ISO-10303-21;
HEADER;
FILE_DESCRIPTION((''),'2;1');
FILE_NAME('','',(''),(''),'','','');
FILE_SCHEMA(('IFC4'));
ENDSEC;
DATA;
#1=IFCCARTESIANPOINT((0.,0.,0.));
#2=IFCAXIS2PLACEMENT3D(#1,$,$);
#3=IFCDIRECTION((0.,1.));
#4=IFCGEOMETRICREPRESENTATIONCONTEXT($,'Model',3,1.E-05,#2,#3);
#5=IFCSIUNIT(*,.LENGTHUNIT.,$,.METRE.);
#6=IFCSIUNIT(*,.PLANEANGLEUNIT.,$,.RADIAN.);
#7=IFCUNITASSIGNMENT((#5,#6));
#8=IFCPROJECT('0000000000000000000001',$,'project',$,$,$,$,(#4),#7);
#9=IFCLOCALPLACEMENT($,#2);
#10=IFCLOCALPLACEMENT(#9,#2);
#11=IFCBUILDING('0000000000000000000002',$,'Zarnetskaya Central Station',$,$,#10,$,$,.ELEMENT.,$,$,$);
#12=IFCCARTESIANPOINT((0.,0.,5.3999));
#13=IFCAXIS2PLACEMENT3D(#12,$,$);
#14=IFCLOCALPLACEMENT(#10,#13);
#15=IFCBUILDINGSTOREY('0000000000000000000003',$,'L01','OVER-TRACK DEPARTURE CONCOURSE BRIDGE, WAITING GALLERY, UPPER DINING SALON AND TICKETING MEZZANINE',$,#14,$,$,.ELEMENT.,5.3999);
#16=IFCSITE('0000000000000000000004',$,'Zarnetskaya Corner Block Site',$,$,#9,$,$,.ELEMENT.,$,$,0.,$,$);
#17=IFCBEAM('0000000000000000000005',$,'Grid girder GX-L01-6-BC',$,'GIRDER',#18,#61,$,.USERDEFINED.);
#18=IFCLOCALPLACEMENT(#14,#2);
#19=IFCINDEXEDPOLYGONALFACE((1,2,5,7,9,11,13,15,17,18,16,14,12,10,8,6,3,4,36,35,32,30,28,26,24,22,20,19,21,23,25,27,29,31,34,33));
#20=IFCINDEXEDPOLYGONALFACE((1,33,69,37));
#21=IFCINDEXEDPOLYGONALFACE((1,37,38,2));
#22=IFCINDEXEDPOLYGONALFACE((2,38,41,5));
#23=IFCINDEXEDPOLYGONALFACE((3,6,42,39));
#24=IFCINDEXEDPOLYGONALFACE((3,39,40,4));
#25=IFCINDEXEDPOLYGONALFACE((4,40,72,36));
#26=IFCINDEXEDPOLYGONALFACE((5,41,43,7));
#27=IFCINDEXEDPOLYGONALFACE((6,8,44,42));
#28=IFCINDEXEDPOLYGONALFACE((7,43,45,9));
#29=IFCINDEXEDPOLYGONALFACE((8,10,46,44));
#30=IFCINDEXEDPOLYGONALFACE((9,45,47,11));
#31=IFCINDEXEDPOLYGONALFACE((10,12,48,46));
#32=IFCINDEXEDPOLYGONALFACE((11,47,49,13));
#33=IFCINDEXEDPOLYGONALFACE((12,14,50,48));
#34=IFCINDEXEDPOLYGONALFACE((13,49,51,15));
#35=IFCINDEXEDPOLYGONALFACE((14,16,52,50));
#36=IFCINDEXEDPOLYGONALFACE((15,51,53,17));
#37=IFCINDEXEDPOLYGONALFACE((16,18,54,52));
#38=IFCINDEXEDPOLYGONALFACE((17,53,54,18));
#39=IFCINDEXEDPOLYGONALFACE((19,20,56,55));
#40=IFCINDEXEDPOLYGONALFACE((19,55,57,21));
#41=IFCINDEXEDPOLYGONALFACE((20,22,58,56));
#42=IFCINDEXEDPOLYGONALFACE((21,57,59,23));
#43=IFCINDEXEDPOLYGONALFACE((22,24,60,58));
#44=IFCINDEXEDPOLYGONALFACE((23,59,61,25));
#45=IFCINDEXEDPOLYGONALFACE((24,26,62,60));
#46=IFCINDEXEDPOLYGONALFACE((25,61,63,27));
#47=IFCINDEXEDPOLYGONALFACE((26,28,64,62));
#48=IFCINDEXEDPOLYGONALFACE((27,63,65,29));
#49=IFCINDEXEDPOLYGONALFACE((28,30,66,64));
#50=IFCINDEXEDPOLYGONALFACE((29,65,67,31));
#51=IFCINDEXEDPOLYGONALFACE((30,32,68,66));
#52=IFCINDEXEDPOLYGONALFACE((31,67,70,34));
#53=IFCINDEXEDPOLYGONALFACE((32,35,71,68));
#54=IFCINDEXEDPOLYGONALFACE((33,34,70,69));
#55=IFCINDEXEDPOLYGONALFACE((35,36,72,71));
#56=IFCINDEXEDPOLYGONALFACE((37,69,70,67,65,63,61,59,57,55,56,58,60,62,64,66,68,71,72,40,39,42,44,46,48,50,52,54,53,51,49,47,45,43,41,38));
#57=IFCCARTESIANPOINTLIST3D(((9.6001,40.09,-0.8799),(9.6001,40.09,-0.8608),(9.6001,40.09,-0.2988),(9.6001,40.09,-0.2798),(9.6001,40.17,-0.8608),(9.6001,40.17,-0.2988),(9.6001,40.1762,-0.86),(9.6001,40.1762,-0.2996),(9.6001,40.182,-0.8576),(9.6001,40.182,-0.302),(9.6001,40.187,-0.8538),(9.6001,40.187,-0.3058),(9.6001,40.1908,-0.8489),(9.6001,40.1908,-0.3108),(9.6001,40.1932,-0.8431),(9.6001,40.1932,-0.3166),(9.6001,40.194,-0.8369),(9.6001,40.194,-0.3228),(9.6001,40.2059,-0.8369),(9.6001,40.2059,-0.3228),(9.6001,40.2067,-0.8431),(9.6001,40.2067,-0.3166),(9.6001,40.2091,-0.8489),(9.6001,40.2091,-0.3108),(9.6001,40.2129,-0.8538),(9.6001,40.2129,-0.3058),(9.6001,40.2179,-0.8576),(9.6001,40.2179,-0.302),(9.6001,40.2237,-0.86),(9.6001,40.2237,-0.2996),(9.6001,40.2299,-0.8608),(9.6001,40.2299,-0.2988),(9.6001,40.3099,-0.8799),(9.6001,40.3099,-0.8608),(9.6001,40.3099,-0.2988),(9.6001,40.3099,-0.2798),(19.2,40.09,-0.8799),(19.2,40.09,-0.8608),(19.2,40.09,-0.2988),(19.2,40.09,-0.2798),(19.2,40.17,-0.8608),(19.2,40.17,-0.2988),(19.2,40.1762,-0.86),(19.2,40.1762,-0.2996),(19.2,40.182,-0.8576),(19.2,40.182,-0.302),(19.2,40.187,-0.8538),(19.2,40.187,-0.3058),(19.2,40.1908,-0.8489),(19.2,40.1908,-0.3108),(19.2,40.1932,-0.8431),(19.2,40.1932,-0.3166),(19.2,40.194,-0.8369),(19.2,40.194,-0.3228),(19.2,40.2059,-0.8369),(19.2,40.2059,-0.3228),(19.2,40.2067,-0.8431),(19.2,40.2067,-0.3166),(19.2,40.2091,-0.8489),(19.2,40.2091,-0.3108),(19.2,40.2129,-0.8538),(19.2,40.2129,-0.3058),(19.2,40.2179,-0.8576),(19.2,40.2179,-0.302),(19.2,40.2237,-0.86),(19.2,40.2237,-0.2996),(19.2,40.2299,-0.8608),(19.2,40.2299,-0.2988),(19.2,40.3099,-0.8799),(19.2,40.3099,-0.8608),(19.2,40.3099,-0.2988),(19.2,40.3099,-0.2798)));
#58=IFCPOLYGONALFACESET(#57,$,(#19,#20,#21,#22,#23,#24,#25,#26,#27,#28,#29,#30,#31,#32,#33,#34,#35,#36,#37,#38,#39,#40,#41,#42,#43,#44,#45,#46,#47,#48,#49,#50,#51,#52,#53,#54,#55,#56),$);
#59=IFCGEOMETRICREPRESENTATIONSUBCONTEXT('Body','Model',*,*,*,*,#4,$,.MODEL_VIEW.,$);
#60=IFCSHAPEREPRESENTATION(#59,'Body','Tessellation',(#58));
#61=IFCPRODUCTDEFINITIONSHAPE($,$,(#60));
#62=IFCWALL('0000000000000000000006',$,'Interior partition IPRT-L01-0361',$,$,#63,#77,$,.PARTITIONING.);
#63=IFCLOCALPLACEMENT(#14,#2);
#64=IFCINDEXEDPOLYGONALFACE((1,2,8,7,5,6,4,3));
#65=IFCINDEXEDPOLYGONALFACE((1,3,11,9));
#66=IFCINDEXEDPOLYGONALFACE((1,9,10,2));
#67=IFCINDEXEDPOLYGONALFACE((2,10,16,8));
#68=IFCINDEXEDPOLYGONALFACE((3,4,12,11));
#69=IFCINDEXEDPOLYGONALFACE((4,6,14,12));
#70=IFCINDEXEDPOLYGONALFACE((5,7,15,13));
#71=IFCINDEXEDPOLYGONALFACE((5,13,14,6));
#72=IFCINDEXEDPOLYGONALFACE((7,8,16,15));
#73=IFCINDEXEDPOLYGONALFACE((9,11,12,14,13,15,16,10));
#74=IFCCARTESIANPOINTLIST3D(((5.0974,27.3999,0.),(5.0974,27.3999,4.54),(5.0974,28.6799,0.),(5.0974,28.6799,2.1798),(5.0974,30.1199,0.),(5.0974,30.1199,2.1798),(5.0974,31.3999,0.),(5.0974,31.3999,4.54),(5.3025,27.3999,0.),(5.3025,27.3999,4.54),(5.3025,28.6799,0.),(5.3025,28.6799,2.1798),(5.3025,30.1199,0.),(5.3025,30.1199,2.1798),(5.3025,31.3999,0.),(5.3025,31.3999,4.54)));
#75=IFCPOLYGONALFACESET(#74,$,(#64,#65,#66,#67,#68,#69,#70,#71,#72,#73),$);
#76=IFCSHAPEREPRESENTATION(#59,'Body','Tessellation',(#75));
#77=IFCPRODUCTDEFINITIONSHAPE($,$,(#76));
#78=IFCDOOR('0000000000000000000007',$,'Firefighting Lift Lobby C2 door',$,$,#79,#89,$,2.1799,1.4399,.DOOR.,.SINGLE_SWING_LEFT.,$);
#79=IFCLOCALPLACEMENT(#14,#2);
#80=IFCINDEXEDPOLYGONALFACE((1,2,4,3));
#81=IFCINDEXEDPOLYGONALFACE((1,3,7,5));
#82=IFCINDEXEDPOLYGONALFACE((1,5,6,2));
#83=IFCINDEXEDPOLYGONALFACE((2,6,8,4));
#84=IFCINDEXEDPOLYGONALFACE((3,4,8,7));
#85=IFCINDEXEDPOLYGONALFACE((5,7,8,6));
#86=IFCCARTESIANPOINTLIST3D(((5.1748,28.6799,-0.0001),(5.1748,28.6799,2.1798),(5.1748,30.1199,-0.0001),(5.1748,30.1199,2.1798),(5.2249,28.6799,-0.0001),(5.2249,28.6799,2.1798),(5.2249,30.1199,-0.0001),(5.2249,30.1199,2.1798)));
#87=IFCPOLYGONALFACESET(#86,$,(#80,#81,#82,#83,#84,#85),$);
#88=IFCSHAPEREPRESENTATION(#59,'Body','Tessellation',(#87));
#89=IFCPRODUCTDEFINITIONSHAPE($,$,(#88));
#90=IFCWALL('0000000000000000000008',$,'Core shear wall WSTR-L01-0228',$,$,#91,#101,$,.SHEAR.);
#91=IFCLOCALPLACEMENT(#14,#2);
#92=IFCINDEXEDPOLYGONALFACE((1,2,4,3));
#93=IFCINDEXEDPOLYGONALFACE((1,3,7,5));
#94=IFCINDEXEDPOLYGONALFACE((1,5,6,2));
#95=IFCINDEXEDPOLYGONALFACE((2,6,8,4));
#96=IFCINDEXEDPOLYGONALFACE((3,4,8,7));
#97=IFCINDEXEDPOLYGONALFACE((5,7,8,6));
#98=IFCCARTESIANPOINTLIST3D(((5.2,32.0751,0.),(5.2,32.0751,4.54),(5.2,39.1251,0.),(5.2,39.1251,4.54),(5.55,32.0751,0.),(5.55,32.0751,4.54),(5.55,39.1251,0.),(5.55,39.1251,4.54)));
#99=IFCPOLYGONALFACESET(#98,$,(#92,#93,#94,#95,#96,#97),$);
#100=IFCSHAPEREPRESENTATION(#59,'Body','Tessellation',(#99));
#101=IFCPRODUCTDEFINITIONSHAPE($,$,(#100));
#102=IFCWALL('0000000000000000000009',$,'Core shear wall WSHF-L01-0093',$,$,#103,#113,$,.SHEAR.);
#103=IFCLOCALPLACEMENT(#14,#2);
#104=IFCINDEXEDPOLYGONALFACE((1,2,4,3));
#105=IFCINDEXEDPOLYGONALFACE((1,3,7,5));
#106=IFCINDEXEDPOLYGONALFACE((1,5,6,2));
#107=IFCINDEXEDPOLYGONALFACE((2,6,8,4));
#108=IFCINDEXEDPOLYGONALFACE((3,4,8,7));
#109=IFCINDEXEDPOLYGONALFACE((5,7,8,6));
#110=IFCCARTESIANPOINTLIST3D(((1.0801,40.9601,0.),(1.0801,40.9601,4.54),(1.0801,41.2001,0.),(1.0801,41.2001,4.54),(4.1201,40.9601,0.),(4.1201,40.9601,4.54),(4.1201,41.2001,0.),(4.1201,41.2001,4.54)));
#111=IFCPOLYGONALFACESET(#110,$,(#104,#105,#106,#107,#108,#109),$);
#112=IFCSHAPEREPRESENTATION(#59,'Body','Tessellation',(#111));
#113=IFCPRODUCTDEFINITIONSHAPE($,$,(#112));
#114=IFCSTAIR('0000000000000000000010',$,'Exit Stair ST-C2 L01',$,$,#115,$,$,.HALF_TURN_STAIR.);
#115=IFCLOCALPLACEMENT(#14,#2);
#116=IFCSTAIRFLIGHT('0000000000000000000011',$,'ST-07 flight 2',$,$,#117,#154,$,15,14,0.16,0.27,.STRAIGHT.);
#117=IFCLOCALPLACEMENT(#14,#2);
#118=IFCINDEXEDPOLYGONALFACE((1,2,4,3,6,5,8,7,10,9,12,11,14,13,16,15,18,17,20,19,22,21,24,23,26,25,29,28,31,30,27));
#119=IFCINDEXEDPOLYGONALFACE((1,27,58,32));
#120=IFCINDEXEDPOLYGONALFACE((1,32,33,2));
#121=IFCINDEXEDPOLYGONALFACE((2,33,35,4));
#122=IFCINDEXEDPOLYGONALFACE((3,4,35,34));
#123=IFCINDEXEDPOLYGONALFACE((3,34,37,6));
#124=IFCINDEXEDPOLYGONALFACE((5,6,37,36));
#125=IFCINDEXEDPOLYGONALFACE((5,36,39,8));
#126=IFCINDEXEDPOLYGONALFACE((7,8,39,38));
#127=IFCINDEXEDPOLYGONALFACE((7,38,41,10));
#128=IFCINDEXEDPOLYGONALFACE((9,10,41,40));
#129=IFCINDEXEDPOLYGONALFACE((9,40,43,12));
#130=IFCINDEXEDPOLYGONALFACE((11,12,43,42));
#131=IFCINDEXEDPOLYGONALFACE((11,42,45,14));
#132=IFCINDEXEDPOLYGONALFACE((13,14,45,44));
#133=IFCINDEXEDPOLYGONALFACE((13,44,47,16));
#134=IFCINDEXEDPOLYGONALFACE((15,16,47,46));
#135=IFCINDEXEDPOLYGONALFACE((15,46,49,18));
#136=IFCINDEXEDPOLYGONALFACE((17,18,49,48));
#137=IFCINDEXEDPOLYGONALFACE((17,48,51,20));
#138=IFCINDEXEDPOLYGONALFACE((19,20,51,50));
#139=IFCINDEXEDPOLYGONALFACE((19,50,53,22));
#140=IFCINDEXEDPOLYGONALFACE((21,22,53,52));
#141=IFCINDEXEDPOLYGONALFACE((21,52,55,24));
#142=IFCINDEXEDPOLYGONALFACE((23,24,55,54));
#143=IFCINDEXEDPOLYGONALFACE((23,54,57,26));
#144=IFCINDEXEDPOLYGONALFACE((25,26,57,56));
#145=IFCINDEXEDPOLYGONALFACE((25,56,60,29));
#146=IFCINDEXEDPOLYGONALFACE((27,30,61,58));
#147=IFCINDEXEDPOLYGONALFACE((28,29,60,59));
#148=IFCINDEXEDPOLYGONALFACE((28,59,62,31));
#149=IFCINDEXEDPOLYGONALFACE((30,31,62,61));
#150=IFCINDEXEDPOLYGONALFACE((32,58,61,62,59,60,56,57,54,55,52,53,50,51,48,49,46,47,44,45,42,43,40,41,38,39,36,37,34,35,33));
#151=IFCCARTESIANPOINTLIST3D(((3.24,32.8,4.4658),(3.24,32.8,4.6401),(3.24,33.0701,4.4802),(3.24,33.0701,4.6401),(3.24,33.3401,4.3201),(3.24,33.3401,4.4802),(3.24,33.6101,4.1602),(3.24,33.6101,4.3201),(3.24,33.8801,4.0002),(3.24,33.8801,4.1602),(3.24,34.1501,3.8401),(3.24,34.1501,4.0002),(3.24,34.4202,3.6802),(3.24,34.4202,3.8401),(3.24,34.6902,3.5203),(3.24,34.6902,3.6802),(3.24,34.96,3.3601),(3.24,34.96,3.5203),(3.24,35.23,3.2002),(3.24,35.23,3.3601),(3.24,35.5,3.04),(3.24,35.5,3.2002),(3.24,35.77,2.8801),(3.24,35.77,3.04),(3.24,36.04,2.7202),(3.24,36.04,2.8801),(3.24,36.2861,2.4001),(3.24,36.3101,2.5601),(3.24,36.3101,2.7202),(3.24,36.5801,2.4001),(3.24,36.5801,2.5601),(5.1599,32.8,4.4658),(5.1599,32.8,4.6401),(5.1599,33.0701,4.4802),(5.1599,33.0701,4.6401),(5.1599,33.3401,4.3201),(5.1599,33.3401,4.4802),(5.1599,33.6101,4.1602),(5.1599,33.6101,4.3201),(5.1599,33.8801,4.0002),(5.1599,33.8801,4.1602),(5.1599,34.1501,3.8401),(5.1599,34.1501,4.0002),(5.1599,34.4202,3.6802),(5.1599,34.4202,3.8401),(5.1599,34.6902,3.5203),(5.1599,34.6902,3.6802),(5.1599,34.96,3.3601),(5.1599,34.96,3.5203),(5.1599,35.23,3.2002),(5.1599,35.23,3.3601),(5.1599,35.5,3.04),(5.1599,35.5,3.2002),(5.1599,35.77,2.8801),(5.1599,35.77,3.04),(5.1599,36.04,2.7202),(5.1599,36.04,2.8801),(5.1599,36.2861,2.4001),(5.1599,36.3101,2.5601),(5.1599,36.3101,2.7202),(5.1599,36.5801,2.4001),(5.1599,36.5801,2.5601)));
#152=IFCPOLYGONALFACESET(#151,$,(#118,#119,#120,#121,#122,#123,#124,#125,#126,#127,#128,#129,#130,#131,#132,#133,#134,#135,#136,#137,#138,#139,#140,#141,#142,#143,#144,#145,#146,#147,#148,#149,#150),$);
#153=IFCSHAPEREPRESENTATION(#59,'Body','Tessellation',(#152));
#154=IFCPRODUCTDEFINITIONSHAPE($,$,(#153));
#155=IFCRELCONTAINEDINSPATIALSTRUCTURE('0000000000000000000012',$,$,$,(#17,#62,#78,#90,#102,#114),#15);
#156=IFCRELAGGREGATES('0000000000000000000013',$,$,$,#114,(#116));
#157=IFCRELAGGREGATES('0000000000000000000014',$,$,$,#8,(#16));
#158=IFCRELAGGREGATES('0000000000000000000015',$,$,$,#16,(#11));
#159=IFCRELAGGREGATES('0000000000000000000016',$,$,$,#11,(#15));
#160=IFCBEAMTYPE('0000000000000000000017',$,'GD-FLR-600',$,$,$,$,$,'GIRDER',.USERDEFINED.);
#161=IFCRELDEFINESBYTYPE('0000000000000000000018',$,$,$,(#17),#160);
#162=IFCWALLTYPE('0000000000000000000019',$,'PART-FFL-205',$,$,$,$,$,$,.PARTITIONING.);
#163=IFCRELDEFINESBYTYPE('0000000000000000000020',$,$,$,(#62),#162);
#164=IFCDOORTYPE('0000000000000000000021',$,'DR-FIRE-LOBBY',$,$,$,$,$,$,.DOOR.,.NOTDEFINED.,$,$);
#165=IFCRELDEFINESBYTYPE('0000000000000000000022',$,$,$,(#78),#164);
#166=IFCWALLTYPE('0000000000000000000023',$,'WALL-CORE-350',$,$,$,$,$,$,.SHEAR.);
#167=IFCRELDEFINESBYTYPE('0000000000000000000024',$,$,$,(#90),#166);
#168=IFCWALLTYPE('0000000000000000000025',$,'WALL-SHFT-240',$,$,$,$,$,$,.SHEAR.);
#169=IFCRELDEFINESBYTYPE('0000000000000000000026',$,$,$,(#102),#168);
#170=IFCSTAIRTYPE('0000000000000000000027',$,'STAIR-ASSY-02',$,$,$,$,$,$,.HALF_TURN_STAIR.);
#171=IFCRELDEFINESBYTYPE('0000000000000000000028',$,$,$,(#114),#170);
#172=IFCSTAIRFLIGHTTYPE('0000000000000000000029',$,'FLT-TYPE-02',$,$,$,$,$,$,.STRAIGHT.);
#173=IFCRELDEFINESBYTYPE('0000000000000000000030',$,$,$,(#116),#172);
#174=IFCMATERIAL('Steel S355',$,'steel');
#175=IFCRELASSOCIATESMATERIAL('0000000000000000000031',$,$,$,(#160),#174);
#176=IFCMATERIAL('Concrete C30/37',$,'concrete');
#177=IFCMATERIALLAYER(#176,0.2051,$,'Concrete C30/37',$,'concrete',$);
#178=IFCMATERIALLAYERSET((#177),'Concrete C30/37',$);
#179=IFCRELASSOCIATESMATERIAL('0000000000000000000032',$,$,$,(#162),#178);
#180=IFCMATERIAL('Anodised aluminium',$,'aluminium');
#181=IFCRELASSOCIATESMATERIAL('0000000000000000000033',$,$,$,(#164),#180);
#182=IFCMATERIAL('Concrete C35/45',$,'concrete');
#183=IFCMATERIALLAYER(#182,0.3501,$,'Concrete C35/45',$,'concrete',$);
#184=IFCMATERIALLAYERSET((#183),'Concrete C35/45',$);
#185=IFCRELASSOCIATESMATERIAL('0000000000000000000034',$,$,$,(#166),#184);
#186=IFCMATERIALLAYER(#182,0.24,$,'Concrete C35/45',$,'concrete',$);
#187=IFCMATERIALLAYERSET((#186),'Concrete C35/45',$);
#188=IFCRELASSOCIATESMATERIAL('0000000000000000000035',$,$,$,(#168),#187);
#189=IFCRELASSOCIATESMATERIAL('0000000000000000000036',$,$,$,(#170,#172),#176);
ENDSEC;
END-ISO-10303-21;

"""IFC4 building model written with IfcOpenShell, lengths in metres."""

from ifc_helpers import new_model, si_unit, direction, frame, frame_2d, origin, origin_2d, place, context, subcontext, project, spatial, polyline, rectangle, i_section, outline, extrude, material, layer, layer_set, material_profile, profile_set, type_object, element, fill, aggregate, save


model = new_model("IFC4")

# Units and contexts
model_context = context("Model", 3, precision=1e-05, world=origin(), true_north=direction((0.0, 1.0)))
body_context = subcontext(model_context, "Body", "Model", "MODEL_VIEW")
ifc_project = project(units=[si_unit("LENGTHUNIT", "METRE"), si_unit("PLANEANGLEUNIT", "RADIAN")], contexts=[model_context])

# Site, building, storey
site_placement = place(None, origin())
site = spatial("IfcSite", under=ifc_project, at=site_placement, Name="Zarnetskaya Corner Block Site", CompositionType="ELEMENT", RefElevation=0.0)
building_placement = place(site_placement, origin())
building = spatial("IfcBuilding", under=site, at=building_placement, Name="Zarnetskaya Central Station", CompositionType="ELEMENT")
storey_placement = place(building_placement, frame((0.0, 0.0, 5.3999)))
storey = spatial("IfcBuildingStorey", under=building, at=storey_placement, Name="L01", Description="OVER-TRACK DEPARTURE CONCOURSE BRIDGE, WAITING GALLERY, UPPER DINING SALON AND TICKETING MEZZANINE", CompositionType="ELEMENT", Elevation=5.3999)

# Shared definitions
ifc_material_1 = material(Name="Steel S355", Category="steel")

# Beam
ifc_material_profile_1 = material_profile(ifc_material_1, i_section(OverallWidth=0.22, OverallDepth=0.6001, WebThickness=0.012, FlangeThickness=0.019, FilletRadius=0.0239, at=origin_2d()), Name="IPE 600")
ifc_profile_set_1 = profile_set([ifc_material_profile_1], Name="Steel S355")
beam_type_1 = type_object("IfcBeamType", Name="GD-FLR-600", ElementType="GIRDER", PredefinedType="USERDEFINED", material=ifc_profile_set_1)
for number, where, z_axis, x_axis, name in (
    (1, (9.6001, 40.2, -0.5798), (1.0, 0.0, 0.0), (0.0, 1.0, 0.0), "Grid girder GX-L01-6-BC"),
):
    element("IfcBeam", number, at=place(storey_placement, frame(where, z_axis=z_axis, x_axis=x_axis)), inside=storey, type_object=beam_type_1, Name=name, ObjectType="GIRDER", PredefinedType="USERDEFINED", context=body_context, shape_type="SweptSolid", body=[
        extrude(i_section(OverallWidth=0.22, OverallDepth=0.6001, WebThickness=0.012, FlangeThickness=0.019, FilletRadius=0.0239, at=origin_2d()), origin(), (0.0, 0.0, 1.0), 9.5999),
    ])

# Wall, opening, door
ifc_material_2 = material(Name="Concrete C30/37", Category="concrete")
ifc_layer_1 = layer(ifc_material_2, 0.2051, Name="Concrete C30/37", Category="concrete")
ifc_layer_set_1 = layer_set([ifc_layer_1], Name="Concrete C30/37")
wall_type_1 = type_object("IfcWallType", Name="PART-FFL-205", PredefinedType="PARTITIONING", material=ifc_layer_set_1)
wall_1_placement = place(storey_placement, frame((5.2, 31.3999, 0.0), z_axis=(0.0, 0.0, 1.0), x_axis=(0.0, -1.0, 0.0)))
wall_1 = element("IfcWall", 2, at=wall_1_placement, inside=storey, type_object=wall_type_1, Name="Interior partition IPRT-L01-0361", PredefinedType="PARTITIONING", context=body_context, shape_type="SweptSolid", body=[
    extrude(rectangle(XDim=4.0, YDim=0.2051, at=frame_2d((2.0, 0.0))), origin(), (0.0, 0.0, 1.0), 4.54),
])
opening_1_placement = place(wall_1_placement, frame((1.28, 0.0, 0.0)))
opening_1 = element("IfcOpeningElement", 3, at=opening_1_placement, cuts=wall_1, PredefinedType="OPENING", context=body_context, shape_type="SweptSolid", body=[
    extrude(rectangle(XDim=1.4399, YDim=2.1799, at=frame_2d((0.72, 1.0898))), frame((0.0, 0.1125, 0.0), z_axis=(0.0, -1.0, 0.0), x_axis=(1.0, 0.0, 0.0)), (0.0, 0.0, 1.0), 0.2251),
])
ifc_material_3 = material(Name="Anodised aluminium", Category="aluminium")
door_type_1 = type_object("IfcDoorType", Name="DR-FIRE-LOBBY", OperationType="NOTDEFINED", PredefinedType="DOOR", material=ifc_material_3)
door_1_placement = place(opening_1_placement, origin())
door_1 = element("IfcDoor", 4, at=door_1_placement, inside=storey, type_object=door_type_1, Name="Firefighting Lift Lobby C2 door", OperationType="SINGLE_SWING_LEFT", OverallHeight=2.1799, OverallWidth=1.4399, PredefinedType="DOOR", context=body_context, shape_type="SweptSolid", body=[
    extrude(rectangle(XDim=1.4399, YDim=2.1799, at=frame_2d((0.72, 1.0898))), frame((0.0, 0.0249, 0.0), z_axis=(0.0, -1.0, 0.0), x_axis=(1.0, 0.0, 0.0)), (0.0, 0.0, 1.0), 0.05),
])
fill(opening_1, door_1)
ifc_material_4 = material(Name="Concrete C35/45", Category="concrete")
ifc_layer_2 = layer(ifc_material_4, 0.3501, Name="Concrete C35/45", Category="concrete")
ifc_layer_set_2 = layer_set([ifc_layer_2], Name="Concrete C35/45")
wall_type_2 = type_object("IfcWallType", Name="WALL-CORE-350", PredefinedType="SHEAR", material=ifc_layer_set_2)

# Walls
wall_2_placement = place(storey_placement, frame((5.375, 39.125, 0.0), z_axis=(0.0, 0.0, 1.0), x_axis=(0.0, -1.0, 0.0)))
element("IfcWall", 5, at=wall_2_placement, inside=storey, type_object=wall_type_2, Name="Core shear wall WSTR-L01-0228", PredefinedType="SHEAR", context=body_context, shape_type="SweptSolid", body=[
    extrude(rectangle(XDim=7.05, YDim=0.3501, at=frame_2d((3.5249, 0.0))), origin(), (0.0, 0.0, 1.0), 4.54),
])
ifc_layer_3 = layer(ifc_material_4, 0.24, Name="Concrete C35/45", Category="concrete")
ifc_layer_set_3 = layer_set([ifc_layer_3], Name="Concrete C35/45")
wall_type_3 = type_object("IfcWallType", Name="WALL-SHFT-240", PredefinedType="SHEAR", material=ifc_layer_set_3)
wall_3_placement = place(storey_placement, frame((4.1201, 41.0801, 0.0), z_axis=(0.0, 0.0, 1.0), x_axis=(-1.0, 0.0, 0.0)))
element("IfcWall", 6, at=wall_3_placement, inside=storey, type_object=wall_type_3, Name="Core shear wall WSHF-L01-0093", PredefinedType="SHEAR", context=body_context, shape_type="SweptSolid", body=[
    extrude(rectangle(XDim=3.04, YDim=0.24, at=frame_2d((1.52, 0.0))), origin(), (0.0, 0.0, 1.0), 4.54),
])

# Stair, stair flight
stair_type = type_object("IfcStairType", Name="STAIR-ASSY-02", PredefinedType="HALF_TURN_STAIR", material=ifc_material_2)
stair_placement = place(storey_placement, origin())
stair = element("IfcStair", 7, at=stair_placement, inside=storey, type_object=stair_type, Name="Exit Stair ST-C2 L01", PredefinedType="HALF_TURN_STAIR")
stair_flight_type = type_object("IfcStairFlightType", Name="FLT-TYPE-02", PredefinedType="STRAIGHT", material=ifc_material_2)
stair_flight_placement = place(storey_placement, frame((4.2, 36.5801, 2.4001), z_axis=(0.0, 0.0, 1.0), x_axis=(0.0, -1.0, 0.0)))
stair_flight = element("IfcStairFlight", 8, at=stair_flight_placement, type_object=stair_flight_type, Name="ST-07 flight 2", NumberOfRisers=15, NumberOfTreads=14, PredefinedType="STRAIGHT", RiserHeight=0.16, TreadLength=0.27, context=body_context, shape_type="SweptSolid", body=[
    extrude(outline(polyline([(0.0, 0.0), (0.0, 0.1599), (0.27, 0.1599), (0.27, 0.3201), (0.54, 0.3201), (0.54, 0.48), (0.8101, 0.48), (0.8101, 0.6399), (1.0801, 0.6399), (1.0801, 0.8), (1.3501, 0.8), (1.3501, 0.96), (1.6201, 0.96), (1.6201, 1.1201), (1.8899, 1.1201), (1.8899, 1.28), (2.1599, 1.28), (2.1599, 1.4399), (2.4299, 1.4399), (2.4299, 1.6001), (2.7, 1.6001), (2.7, 1.76), (2.97, 1.76), (2.97, 1.9199), (3.24, 1.9199), (3.24, 2.0801), (3.51, 2.0801), (3.51, 2.24), (3.78, 2.24), (3.78, 2.3999), (3.78, 2.0657), (0.2939, 0.0), (0.0, 0.0)])), frame((0.0, 0.96, 0.0), z_axis=(0.0, -1.0, 0.0), x_axis=(1.0, 0.0, 0.0)), (0.0, 0.0, 1.0), 1.9199),
])
aggregate(stair, [stair_flight])

save(model, "model.ifc")
